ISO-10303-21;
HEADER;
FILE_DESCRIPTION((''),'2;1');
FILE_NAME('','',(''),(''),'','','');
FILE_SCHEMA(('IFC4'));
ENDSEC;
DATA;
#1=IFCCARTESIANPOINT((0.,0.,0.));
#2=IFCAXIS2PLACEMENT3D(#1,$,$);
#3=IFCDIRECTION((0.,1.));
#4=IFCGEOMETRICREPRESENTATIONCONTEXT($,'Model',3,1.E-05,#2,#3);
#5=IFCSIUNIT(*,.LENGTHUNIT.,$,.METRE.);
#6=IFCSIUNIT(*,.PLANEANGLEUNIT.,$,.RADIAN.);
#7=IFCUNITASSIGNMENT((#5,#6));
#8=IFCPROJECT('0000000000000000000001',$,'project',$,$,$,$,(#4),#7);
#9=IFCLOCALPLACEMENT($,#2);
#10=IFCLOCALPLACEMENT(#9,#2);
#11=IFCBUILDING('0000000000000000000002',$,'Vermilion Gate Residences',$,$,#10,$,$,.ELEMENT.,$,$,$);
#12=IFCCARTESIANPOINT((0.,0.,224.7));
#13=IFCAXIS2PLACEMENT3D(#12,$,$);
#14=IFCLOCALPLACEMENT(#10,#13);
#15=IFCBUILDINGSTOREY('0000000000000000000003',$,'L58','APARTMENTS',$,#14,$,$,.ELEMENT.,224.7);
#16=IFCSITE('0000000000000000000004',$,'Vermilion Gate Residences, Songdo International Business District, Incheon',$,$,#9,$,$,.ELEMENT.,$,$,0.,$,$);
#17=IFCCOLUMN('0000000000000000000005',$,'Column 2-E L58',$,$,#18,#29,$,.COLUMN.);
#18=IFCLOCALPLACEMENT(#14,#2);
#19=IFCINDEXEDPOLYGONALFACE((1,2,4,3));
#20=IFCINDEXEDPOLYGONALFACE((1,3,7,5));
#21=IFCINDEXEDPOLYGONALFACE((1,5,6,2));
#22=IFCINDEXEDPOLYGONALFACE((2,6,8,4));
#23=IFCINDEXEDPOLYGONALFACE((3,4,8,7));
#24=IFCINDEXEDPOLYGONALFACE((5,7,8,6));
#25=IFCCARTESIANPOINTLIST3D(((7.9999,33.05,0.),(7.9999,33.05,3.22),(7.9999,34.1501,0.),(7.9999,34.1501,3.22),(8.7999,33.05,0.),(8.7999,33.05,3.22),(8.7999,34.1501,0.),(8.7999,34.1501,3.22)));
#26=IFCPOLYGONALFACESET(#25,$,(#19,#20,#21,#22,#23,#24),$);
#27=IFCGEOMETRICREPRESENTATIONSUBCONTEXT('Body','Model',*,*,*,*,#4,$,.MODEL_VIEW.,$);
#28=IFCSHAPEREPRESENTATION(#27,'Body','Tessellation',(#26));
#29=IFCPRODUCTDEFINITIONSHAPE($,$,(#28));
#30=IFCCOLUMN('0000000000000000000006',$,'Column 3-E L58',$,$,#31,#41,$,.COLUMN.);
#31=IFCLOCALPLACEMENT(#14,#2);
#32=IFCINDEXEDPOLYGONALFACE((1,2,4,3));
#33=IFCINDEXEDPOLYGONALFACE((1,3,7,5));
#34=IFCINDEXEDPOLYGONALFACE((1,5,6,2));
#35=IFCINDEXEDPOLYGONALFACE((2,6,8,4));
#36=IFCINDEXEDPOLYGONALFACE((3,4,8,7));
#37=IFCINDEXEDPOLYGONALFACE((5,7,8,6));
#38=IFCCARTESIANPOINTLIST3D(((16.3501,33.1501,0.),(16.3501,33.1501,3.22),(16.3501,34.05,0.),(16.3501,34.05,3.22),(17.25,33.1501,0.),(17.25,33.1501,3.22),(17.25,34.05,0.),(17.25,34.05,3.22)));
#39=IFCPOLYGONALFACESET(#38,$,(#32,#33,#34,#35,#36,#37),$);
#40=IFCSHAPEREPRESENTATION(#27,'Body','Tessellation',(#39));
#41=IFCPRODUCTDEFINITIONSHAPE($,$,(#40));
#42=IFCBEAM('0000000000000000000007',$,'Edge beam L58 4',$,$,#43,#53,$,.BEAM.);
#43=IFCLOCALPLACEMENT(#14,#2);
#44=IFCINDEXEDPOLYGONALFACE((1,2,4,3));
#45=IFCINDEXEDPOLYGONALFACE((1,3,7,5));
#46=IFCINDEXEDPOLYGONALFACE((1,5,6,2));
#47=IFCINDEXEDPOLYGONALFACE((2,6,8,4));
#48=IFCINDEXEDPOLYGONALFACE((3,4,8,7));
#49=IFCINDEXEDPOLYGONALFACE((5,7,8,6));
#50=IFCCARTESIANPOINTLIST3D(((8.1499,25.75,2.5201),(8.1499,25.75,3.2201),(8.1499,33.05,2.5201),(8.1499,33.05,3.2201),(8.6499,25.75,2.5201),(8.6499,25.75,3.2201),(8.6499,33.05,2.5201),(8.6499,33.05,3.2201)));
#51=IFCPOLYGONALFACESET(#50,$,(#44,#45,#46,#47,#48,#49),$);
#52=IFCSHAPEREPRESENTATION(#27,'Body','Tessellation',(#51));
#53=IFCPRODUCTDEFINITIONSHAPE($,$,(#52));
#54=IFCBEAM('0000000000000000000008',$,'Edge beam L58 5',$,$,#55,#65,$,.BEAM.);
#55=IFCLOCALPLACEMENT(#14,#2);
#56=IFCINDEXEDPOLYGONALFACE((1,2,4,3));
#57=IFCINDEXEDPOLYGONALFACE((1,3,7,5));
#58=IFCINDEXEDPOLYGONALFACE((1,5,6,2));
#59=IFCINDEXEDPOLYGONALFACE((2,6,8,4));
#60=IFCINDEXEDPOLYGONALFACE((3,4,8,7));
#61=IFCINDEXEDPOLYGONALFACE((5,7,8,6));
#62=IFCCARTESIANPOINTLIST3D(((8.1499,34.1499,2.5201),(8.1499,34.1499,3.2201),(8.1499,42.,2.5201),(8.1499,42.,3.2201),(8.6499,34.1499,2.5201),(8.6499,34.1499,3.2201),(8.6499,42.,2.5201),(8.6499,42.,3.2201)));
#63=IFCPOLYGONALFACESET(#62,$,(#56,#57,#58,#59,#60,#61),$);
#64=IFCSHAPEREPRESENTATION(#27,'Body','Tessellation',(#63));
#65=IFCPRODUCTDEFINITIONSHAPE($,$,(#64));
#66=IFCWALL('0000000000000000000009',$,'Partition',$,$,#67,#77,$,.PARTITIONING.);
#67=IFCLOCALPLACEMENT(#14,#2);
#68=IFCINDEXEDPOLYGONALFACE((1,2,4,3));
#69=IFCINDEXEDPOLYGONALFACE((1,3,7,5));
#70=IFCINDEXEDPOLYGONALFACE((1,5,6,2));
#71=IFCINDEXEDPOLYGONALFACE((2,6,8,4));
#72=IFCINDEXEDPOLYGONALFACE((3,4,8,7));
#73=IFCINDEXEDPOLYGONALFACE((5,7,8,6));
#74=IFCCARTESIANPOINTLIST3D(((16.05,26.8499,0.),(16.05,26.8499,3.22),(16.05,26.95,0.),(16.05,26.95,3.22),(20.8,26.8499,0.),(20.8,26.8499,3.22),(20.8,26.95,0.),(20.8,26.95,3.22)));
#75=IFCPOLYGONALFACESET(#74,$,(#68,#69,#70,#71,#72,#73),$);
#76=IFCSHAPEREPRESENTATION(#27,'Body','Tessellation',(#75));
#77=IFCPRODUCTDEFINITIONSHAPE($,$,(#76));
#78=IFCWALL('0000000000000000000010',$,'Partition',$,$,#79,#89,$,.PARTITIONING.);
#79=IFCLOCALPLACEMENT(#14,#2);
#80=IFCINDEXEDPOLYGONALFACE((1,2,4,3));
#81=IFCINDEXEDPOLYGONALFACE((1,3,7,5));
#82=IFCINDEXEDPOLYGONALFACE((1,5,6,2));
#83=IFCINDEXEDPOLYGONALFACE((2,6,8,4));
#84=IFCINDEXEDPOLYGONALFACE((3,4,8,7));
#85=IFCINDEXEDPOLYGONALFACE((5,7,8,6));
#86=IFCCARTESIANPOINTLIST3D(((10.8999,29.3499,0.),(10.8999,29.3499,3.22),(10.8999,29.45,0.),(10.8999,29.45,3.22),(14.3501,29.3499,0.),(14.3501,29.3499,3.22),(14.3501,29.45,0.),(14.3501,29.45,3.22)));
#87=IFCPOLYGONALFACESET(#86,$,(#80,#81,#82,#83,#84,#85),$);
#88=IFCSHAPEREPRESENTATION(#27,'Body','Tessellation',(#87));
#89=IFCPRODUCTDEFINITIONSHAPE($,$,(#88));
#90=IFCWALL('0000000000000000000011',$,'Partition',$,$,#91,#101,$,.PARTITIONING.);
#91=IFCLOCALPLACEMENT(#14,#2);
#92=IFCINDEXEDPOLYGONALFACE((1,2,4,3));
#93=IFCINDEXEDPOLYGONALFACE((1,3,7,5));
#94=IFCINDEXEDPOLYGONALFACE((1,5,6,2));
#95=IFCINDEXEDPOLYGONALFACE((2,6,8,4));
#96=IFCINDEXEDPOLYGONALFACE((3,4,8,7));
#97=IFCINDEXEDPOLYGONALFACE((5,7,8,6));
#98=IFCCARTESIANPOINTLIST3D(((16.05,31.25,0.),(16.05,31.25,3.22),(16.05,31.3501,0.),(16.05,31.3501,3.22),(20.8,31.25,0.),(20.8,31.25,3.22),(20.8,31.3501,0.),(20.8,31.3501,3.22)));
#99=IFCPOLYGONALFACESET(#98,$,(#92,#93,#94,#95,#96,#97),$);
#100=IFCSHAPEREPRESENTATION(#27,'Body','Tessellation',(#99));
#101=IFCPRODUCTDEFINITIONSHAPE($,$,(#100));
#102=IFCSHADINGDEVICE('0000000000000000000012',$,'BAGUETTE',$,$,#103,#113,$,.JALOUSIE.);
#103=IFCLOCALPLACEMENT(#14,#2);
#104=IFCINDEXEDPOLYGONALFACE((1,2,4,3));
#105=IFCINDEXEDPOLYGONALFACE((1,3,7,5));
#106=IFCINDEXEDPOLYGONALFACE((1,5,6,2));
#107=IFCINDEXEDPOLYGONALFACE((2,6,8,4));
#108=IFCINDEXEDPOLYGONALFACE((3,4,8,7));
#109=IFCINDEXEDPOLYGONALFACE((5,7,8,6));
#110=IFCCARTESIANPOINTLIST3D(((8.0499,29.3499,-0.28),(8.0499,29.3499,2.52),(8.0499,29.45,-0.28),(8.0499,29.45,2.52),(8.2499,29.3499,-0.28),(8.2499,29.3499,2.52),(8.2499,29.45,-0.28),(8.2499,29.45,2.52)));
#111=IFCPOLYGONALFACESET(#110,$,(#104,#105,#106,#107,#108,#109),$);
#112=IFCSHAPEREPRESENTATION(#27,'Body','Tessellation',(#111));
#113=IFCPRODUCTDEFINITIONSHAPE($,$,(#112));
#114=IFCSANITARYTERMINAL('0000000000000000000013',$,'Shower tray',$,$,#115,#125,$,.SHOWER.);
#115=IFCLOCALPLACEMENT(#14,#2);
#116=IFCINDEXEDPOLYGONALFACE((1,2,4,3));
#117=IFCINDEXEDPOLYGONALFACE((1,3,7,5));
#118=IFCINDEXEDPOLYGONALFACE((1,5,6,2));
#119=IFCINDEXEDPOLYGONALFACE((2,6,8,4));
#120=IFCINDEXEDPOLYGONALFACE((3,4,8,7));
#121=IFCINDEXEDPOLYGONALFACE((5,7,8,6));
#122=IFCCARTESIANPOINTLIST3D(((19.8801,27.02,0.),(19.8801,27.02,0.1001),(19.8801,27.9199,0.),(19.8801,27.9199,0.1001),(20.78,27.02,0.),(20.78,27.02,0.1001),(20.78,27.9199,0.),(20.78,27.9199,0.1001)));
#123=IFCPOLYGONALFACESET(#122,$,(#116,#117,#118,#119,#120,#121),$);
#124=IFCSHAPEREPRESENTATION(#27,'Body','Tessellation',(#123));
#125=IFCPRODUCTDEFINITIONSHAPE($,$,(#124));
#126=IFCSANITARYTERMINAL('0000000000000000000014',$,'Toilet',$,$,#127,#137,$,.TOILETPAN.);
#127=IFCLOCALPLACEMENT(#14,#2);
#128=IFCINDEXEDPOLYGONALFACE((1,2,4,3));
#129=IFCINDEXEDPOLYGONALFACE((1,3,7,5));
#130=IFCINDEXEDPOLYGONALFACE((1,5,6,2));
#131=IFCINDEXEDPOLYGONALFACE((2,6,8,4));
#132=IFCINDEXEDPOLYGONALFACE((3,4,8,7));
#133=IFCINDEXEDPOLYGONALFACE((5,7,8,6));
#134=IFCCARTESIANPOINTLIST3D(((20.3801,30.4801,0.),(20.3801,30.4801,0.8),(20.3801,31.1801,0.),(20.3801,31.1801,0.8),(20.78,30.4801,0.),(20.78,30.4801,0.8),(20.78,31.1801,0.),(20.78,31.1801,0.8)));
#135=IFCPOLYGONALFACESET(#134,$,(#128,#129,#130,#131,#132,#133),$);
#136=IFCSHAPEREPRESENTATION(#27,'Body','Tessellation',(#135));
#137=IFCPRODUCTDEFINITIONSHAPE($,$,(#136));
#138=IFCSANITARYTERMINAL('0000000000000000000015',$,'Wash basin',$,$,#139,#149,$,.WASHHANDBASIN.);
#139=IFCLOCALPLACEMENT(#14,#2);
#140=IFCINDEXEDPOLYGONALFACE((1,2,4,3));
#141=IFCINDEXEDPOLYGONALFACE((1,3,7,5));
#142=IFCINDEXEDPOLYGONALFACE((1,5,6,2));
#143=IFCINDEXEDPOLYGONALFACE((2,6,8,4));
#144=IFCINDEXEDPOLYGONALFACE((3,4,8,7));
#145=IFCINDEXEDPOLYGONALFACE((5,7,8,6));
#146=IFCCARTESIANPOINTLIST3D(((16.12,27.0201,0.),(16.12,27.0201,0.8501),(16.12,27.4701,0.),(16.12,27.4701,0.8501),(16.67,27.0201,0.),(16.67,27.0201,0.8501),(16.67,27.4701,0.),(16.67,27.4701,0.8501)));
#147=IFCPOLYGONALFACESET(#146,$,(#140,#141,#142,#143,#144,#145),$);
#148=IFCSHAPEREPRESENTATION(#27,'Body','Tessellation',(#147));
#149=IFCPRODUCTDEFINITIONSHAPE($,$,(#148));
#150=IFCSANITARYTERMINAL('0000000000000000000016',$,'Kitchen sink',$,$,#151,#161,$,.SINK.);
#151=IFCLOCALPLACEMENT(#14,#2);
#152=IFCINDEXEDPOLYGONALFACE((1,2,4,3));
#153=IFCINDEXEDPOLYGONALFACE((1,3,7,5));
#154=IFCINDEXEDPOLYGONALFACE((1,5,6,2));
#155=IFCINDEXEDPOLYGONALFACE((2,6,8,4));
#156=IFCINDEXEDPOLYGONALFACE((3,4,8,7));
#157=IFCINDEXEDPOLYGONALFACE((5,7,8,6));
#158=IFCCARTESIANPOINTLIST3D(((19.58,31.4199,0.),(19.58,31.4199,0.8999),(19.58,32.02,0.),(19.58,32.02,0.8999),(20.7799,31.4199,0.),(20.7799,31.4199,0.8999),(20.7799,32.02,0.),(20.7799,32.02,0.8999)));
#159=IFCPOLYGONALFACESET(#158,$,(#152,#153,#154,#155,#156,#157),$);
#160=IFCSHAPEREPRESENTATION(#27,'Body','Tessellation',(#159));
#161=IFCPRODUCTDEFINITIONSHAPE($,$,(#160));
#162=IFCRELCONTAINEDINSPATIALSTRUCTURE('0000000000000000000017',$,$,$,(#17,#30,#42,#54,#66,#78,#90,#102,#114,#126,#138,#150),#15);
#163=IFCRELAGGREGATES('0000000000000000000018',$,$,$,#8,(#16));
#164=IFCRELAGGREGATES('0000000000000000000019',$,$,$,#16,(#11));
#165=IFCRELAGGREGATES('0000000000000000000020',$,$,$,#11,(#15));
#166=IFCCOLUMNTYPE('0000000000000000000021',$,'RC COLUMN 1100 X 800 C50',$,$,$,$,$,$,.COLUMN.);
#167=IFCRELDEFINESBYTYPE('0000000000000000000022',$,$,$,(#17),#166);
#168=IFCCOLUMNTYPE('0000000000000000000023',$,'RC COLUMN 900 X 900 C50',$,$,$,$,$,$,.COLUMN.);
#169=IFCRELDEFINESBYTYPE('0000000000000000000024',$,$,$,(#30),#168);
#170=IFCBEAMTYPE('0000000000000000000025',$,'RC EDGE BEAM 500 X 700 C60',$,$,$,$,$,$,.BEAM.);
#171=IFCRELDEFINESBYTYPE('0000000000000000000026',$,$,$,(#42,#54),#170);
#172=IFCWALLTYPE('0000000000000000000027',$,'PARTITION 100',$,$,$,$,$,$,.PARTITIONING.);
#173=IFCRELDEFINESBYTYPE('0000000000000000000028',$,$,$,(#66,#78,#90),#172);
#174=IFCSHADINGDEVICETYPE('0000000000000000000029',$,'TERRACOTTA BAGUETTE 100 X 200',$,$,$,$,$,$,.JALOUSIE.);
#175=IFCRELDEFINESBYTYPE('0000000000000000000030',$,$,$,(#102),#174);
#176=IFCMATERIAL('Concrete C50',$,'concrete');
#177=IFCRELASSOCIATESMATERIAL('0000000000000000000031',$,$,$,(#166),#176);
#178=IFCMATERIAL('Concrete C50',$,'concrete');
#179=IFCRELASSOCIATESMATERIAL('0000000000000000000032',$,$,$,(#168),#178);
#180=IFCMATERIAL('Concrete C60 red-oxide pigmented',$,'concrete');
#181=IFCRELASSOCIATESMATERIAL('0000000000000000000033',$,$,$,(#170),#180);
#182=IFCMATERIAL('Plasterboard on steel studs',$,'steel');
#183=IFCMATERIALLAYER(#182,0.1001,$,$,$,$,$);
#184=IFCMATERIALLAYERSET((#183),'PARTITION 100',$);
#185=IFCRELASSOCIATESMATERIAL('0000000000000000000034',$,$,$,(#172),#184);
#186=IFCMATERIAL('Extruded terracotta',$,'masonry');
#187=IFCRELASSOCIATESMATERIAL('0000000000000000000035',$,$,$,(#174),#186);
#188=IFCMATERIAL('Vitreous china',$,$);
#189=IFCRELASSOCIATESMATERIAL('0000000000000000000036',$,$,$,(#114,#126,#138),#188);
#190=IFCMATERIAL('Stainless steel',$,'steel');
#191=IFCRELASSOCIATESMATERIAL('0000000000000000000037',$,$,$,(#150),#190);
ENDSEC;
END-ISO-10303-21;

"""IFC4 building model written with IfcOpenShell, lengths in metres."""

from ifc_helpers import new_model, si_unit, direction, frame, frame_2d, origin, origin_2d, place, context, subcontext, project, spatial, rectangle, extrude, material, layer, layer_set, material_profile, profile_set, type_object, element, save


model = new_model("IFC4")

# Units and contexts
model_context = context("Model", 3, precision=1e-05, world=origin(), true_north=direction((0.0, 1.0)))
body_context = subcontext(model_context, "Body", "Model", "MODEL_VIEW")
ifc_project = project(units=[si_unit("LENGTHUNIT", "METRE"), si_unit("PLANEANGLEUNIT", "RADIAN")], contexts=[model_context])

# Site, building, storey
site_placement = place(None, origin())
site = spatial("IfcSite", under=ifc_project, at=site_placement, Name="Vermilion Gate Residences, Songdo International Business District, Incheon", CompositionType="ELEMENT", RefElevation=0.0)
building_placement = place(site_placement, origin())
building = spatial("IfcBuilding", under=site, at=building_placement, Name="Vermilion Gate Residences", CompositionType="ELEMENT")
storey_placement = place(building_placement, frame((0.0, 0.0, 224.7)))
storey = spatial("IfcBuildingStorey", under=building, at=storey_placement, Name="L58", Description="APARTMENTS", CompositionType="ELEMENT", Elevation=224.7)

# Columns
ifc_material_1 = material(Name="Concrete C50", Category="concrete")
ifc_material_profile_1 = material_profile(ifc_material_1, rectangle(XDim=1.1001, YDim=0.8, at=origin_2d()), Name="RC-1100x800")
ifc_profile_set_1 = profile_set([ifc_material_profile_1], Name="Concrete C50")
column_type_1 = type_object("IfcColumnType", Name="RC COLUMN 1100 X 800 C50", PredefinedType="COLUMN", material=ifc_profile_set_1)
column_1_placement = place(storey_placement, frame((8.3999, 33.6001, 0.0), z_axis=(0.0, 0.0, 1.0), x_axis=(0.0, 1.0, 0.0)))
element("IfcColumn", 1, at=column_1_placement, inside=storey, type_object=column_type_1, Name="Column 2-E L58", PredefinedType="COLUMN", context=body_context, shape_type="SweptSolid", body=[
    extrude(rectangle(XDim=1.1001, YDim=0.8, at=origin_2d()), origin(), (0.0, 0.0, 1.0), 3.22),
])
ifc_material_2 = material(Name="Concrete C50", Category="concrete")
ifc_material_profile_2 = material_profile(ifc_material_2, rectangle(XDim=0.8999, YDim=0.8999, at=origin_2d()), Name="RC-900x900")
ifc_profile_set_2 = profile_set([ifc_material_profile_2], Name="Concrete C50")
column_type_2 = type_object("IfcColumnType", Name="RC COLUMN 900 X 900 C50", PredefinedType="COLUMN", material=ifc_profile_set_2)
column_2_placement = place(storey_placement, frame((16.8, 33.6001, 0.0), z_axis=(0.0, 0.0, 1.0), x_axis=(1.0, 0.0, 0.0)))
element("IfcColumn", 2, at=column_2_placement, inside=storey, type_object=column_type_2, Name="Column 3-E L58", PredefinedType="COLUMN", context=body_context, shape_type="SweptSolid", body=[
    extrude(rectangle(XDim=0.8999, YDim=0.8999, at=origin_2d()), origin(), (0.0, 0.0, 1.0), 3.22),
])

# Beams
ifc_material_3 = material(Name="Concrete C60 red-oxide pigmented", Category="concrete")
ifc_material_profile_3 = material_profile(ifc_material_3, rectangle(XDim=0.5, YDim=0.7, at=origin_2d()), Name="RC-500x700")
ifc_profile_set_3 = profile_set([ifc_material_profile_3], Name="Concrete C60 red-oxide pigmented")
beam_type = type_object("IfcBeamType", Name="RC EDGE BEAM 500 X 700 C60", PredefinedType="BEAM", material=ifc_profile_set_3)
beam_1_placement = place(storey_placement, frame((8.3999, 25.75, 2.8701), z_axis=(0.0, 1.0, 0.0), x_axis=(-1.0, 0.0, 0.0)))
element("IfcBeam", 3, at=beam_1_placement, inside=storey, type_object=beam_type, Name="Edge beam L58 4", PredefinedType="BEAM", context=body_context, shape_type="SweptSolid", body=[
    extrude(rectangle(XDim=0.5, YDim=0.7, at=origin_2d()), origin(), (0.0, 0.0, 1.0), 7.3),
])
beam_2_placement = place(storey_placement, frame((8.3999, 34.1499, 2.8701), z_axis=(0.0, 1.0, 0.0), x_axis=(-1.0, 0.0, 0.0)))
element("IfcBeam", 4, at=beam_2_placement, inside=storey, type_object=beam_type, Name="Edge beam L58 5", PredefinedType="BEAM", context=body_context, shape_type="SweptSolid", body=[
    extrude(rectangle(XDim=0.5, YDim=0.7, at=origin_2d()), origin(), (0.0, 0.0, 1.0), 7.8501),
])

# Walls
ifc_material_4 = material(Name="Plasterboard on steel studs", Category="steel")
ifc_layer = layer(ifc_material_4, 0.1001)
ifc_layer_set = layer_set([ifc_layer], Name="PARTITION 100")
wall_type = type_object("IfcWallType", Name="PARTITION 100", PredefinedType="PARTITIONING", material=ifc_layer_set)
wall_1_placement = place(storey_placement, frame((16.05, 26.8999, 0.0), z_axis=(0.0, 0.0, 1.0), x_axis=(1.0, 0.0, 0.0)))
element("IfcWall", 5, at=wall_1_placement, inside=storey, type_object=wall_type, Name="Partition", PredefinedType="PARTITIONING", context=body_context, shape_type="SweptSolid", body=[
    extrude(rectangle(XDim=4.75, YDim=0.1001, at=frame_2d((2.375, 0.0))), origin(), (0.0, 0.0, 1.0), 3.22),
])
wall_2_placement = place(storey_placement, frame((10.8999, 29.3999, 0.0), z_axis=(0.0, 0.0, 1.0), x_axis=(1.0, 0.0, 0.0)))
element("IfcWall", 6, at=wall_2_placement, inside=storey, type_object=wall_type, Name="Partition", PredefinedType="PARTITIONING", context=body_context, shape_type="SweptSolid", body=[
    extrude(rectangle(XDim=3.4502, YDim=0.1001, at=frame_2d((1.7251, 0.0))), origin(), (0.0, 0.0, 1.0), 3.22),
])
wall_3_placement = place(storey_placement, frame((16.05, 31.3, 0.0), z_axis=(0.0, 0.0, 1.0), x_axis=(1.0, 0.0, 0.0)))
element("IfcWall", 7, at=wall_3_placement, inside=storey, type_object=wall_type, Name="Partition", PredefinedType="PARTITIONING", context=body_context, shape_type="SweptSolid", body=[
    extrude(rectangle(XDim=4.75, YDim=0.1001, at=frame_2d((2.375, 0.0))), origin(), (0.0, 0.0, 1.0), 3.22),
])

# Shading device
ifc_material_5 = material(Name="Extruded terracotta", Category="masonry")
ifc_material_profile_4 = material_profile(ifc_material_5, rectangle(XDim=0.2, YDim=0.1001, at=origin_2d()), Name="BAGUETTE 100 X 200")
ifc_profile_set_4 = profile_set([ifc_material_profile_4], Name="Extruded terracotta")
shading_device_type = type_object("IfcShadingDeviceType", Name="TERRACOTTA BAGUETTE 100 X 200", PredefinedType="JALOUSIE", material=ifc_profile_set_4)
shading_device_placement = place(storey_placement, frame((8.1499, 29.3999, -0.28), z_axis=(0.0, 0.0, 1.0), x_axis=(1.0, 0.0, 0.0)))
element("IfcShadingDevice", 8, at=shading_device_placement, inside=storey, type_object=shading_device_type, Name="BAGUETTE", PredefinedType="JALOUSIE", context=body_context, shape_type="SweptSolid", body=[
    extrude(rectangle(XDim=0.2, YDim=0.1001, at=origin_2d()), origin(), (0.0, 0.0, 1.0), 2.8),
])

# Sanitary terminals
ifc_material_6 = material(Name="Vitreous china")
sanitary_terminal_1_placement = place(storey_placement, frame((20.3301, 27.47, 0.0), z_axis=(0.0, 0.0, 1.0), x_axis=(1.0, 0.0, 0.0)))
element("IfcSanitaryTerminal", 9, at=sanitary_terminal_1_placement, inside=storey, material=ifc_material_6, Name="Shower tray", PredefinedType="SHOWER", context=body_context, shape_type="SweptSolid", body=[
    extrude(rectangle(XDim=0.8999, YDim=0.8999, at=origin_2d()), origin(), (0.0, 0.0, 1.0), 0.1001),
])
sanitary_terminal_2_placement = place(storey_placement, frame((20.5801, 30.8301, 0.0), z_axis=(0.0, 0.0, 1.0), x_axis=(1.0, 0.0, 0.0)))
element("IfcSanitaryTerminal", 10, at=sanitary_terminal_2_placement, inside=storey, material=ifc_material_6, Name="Toilet", PredefinedType="TOILETPAN", context=body_context, shape_type="SweptSolid", body=[
    extrude(rectangle(XDim=0.3999, YDim=0.7, at=origin_2d()), origin(), (0.0, 0.0, 1.0), 0.8),
])
sanitary_terminal_3_placement = place(storey_placement, frame((16.395, 27.2451, 0.0), z_axis=(0.0, 0.0, 1.0), x_axis=(1.0, 0.0, 0.0)))
element("IfcSanitaryTerminal", 11, at=sanitary_terminal_3_placement, inside=storey, material=ifc_material_6, Name="Wash basin", PredefinedType="WASHHANDBASIN", context=body_context, shape_type="SweptSolid", body=[
    extrude(rectangle(XDim=0.55, YDim=0.45, at=origin_2d()), origin(), (0.0, 0.0, 1.0), 0.8501),
])
ifc_material_7 = material(Name="Stainless steel", Category="steel")
sanitary_terminal_4_placement = place(storey_placement, frame((20.1799, 31.72, 0.0), z_axis=(0.0, 0.0, 1.0), x_axis=(1.0, 0.0, 0.0)))
element("IfcSanitaryTerminal", 12, at=sanitary_terminal_4_placement, inside=storey, material=ifc_material_7, Name="Kitchen sink", PredefinedType="SINK", context=body_context, shape_type="SweptSolid", body=[
    extrude(rectangle(XDim=1.2, YDim=0.6001, at=origin_2d()), origin(), (0.0, 0.0, 1.0), 0.8999),
])

save(model, "model.ifc")
